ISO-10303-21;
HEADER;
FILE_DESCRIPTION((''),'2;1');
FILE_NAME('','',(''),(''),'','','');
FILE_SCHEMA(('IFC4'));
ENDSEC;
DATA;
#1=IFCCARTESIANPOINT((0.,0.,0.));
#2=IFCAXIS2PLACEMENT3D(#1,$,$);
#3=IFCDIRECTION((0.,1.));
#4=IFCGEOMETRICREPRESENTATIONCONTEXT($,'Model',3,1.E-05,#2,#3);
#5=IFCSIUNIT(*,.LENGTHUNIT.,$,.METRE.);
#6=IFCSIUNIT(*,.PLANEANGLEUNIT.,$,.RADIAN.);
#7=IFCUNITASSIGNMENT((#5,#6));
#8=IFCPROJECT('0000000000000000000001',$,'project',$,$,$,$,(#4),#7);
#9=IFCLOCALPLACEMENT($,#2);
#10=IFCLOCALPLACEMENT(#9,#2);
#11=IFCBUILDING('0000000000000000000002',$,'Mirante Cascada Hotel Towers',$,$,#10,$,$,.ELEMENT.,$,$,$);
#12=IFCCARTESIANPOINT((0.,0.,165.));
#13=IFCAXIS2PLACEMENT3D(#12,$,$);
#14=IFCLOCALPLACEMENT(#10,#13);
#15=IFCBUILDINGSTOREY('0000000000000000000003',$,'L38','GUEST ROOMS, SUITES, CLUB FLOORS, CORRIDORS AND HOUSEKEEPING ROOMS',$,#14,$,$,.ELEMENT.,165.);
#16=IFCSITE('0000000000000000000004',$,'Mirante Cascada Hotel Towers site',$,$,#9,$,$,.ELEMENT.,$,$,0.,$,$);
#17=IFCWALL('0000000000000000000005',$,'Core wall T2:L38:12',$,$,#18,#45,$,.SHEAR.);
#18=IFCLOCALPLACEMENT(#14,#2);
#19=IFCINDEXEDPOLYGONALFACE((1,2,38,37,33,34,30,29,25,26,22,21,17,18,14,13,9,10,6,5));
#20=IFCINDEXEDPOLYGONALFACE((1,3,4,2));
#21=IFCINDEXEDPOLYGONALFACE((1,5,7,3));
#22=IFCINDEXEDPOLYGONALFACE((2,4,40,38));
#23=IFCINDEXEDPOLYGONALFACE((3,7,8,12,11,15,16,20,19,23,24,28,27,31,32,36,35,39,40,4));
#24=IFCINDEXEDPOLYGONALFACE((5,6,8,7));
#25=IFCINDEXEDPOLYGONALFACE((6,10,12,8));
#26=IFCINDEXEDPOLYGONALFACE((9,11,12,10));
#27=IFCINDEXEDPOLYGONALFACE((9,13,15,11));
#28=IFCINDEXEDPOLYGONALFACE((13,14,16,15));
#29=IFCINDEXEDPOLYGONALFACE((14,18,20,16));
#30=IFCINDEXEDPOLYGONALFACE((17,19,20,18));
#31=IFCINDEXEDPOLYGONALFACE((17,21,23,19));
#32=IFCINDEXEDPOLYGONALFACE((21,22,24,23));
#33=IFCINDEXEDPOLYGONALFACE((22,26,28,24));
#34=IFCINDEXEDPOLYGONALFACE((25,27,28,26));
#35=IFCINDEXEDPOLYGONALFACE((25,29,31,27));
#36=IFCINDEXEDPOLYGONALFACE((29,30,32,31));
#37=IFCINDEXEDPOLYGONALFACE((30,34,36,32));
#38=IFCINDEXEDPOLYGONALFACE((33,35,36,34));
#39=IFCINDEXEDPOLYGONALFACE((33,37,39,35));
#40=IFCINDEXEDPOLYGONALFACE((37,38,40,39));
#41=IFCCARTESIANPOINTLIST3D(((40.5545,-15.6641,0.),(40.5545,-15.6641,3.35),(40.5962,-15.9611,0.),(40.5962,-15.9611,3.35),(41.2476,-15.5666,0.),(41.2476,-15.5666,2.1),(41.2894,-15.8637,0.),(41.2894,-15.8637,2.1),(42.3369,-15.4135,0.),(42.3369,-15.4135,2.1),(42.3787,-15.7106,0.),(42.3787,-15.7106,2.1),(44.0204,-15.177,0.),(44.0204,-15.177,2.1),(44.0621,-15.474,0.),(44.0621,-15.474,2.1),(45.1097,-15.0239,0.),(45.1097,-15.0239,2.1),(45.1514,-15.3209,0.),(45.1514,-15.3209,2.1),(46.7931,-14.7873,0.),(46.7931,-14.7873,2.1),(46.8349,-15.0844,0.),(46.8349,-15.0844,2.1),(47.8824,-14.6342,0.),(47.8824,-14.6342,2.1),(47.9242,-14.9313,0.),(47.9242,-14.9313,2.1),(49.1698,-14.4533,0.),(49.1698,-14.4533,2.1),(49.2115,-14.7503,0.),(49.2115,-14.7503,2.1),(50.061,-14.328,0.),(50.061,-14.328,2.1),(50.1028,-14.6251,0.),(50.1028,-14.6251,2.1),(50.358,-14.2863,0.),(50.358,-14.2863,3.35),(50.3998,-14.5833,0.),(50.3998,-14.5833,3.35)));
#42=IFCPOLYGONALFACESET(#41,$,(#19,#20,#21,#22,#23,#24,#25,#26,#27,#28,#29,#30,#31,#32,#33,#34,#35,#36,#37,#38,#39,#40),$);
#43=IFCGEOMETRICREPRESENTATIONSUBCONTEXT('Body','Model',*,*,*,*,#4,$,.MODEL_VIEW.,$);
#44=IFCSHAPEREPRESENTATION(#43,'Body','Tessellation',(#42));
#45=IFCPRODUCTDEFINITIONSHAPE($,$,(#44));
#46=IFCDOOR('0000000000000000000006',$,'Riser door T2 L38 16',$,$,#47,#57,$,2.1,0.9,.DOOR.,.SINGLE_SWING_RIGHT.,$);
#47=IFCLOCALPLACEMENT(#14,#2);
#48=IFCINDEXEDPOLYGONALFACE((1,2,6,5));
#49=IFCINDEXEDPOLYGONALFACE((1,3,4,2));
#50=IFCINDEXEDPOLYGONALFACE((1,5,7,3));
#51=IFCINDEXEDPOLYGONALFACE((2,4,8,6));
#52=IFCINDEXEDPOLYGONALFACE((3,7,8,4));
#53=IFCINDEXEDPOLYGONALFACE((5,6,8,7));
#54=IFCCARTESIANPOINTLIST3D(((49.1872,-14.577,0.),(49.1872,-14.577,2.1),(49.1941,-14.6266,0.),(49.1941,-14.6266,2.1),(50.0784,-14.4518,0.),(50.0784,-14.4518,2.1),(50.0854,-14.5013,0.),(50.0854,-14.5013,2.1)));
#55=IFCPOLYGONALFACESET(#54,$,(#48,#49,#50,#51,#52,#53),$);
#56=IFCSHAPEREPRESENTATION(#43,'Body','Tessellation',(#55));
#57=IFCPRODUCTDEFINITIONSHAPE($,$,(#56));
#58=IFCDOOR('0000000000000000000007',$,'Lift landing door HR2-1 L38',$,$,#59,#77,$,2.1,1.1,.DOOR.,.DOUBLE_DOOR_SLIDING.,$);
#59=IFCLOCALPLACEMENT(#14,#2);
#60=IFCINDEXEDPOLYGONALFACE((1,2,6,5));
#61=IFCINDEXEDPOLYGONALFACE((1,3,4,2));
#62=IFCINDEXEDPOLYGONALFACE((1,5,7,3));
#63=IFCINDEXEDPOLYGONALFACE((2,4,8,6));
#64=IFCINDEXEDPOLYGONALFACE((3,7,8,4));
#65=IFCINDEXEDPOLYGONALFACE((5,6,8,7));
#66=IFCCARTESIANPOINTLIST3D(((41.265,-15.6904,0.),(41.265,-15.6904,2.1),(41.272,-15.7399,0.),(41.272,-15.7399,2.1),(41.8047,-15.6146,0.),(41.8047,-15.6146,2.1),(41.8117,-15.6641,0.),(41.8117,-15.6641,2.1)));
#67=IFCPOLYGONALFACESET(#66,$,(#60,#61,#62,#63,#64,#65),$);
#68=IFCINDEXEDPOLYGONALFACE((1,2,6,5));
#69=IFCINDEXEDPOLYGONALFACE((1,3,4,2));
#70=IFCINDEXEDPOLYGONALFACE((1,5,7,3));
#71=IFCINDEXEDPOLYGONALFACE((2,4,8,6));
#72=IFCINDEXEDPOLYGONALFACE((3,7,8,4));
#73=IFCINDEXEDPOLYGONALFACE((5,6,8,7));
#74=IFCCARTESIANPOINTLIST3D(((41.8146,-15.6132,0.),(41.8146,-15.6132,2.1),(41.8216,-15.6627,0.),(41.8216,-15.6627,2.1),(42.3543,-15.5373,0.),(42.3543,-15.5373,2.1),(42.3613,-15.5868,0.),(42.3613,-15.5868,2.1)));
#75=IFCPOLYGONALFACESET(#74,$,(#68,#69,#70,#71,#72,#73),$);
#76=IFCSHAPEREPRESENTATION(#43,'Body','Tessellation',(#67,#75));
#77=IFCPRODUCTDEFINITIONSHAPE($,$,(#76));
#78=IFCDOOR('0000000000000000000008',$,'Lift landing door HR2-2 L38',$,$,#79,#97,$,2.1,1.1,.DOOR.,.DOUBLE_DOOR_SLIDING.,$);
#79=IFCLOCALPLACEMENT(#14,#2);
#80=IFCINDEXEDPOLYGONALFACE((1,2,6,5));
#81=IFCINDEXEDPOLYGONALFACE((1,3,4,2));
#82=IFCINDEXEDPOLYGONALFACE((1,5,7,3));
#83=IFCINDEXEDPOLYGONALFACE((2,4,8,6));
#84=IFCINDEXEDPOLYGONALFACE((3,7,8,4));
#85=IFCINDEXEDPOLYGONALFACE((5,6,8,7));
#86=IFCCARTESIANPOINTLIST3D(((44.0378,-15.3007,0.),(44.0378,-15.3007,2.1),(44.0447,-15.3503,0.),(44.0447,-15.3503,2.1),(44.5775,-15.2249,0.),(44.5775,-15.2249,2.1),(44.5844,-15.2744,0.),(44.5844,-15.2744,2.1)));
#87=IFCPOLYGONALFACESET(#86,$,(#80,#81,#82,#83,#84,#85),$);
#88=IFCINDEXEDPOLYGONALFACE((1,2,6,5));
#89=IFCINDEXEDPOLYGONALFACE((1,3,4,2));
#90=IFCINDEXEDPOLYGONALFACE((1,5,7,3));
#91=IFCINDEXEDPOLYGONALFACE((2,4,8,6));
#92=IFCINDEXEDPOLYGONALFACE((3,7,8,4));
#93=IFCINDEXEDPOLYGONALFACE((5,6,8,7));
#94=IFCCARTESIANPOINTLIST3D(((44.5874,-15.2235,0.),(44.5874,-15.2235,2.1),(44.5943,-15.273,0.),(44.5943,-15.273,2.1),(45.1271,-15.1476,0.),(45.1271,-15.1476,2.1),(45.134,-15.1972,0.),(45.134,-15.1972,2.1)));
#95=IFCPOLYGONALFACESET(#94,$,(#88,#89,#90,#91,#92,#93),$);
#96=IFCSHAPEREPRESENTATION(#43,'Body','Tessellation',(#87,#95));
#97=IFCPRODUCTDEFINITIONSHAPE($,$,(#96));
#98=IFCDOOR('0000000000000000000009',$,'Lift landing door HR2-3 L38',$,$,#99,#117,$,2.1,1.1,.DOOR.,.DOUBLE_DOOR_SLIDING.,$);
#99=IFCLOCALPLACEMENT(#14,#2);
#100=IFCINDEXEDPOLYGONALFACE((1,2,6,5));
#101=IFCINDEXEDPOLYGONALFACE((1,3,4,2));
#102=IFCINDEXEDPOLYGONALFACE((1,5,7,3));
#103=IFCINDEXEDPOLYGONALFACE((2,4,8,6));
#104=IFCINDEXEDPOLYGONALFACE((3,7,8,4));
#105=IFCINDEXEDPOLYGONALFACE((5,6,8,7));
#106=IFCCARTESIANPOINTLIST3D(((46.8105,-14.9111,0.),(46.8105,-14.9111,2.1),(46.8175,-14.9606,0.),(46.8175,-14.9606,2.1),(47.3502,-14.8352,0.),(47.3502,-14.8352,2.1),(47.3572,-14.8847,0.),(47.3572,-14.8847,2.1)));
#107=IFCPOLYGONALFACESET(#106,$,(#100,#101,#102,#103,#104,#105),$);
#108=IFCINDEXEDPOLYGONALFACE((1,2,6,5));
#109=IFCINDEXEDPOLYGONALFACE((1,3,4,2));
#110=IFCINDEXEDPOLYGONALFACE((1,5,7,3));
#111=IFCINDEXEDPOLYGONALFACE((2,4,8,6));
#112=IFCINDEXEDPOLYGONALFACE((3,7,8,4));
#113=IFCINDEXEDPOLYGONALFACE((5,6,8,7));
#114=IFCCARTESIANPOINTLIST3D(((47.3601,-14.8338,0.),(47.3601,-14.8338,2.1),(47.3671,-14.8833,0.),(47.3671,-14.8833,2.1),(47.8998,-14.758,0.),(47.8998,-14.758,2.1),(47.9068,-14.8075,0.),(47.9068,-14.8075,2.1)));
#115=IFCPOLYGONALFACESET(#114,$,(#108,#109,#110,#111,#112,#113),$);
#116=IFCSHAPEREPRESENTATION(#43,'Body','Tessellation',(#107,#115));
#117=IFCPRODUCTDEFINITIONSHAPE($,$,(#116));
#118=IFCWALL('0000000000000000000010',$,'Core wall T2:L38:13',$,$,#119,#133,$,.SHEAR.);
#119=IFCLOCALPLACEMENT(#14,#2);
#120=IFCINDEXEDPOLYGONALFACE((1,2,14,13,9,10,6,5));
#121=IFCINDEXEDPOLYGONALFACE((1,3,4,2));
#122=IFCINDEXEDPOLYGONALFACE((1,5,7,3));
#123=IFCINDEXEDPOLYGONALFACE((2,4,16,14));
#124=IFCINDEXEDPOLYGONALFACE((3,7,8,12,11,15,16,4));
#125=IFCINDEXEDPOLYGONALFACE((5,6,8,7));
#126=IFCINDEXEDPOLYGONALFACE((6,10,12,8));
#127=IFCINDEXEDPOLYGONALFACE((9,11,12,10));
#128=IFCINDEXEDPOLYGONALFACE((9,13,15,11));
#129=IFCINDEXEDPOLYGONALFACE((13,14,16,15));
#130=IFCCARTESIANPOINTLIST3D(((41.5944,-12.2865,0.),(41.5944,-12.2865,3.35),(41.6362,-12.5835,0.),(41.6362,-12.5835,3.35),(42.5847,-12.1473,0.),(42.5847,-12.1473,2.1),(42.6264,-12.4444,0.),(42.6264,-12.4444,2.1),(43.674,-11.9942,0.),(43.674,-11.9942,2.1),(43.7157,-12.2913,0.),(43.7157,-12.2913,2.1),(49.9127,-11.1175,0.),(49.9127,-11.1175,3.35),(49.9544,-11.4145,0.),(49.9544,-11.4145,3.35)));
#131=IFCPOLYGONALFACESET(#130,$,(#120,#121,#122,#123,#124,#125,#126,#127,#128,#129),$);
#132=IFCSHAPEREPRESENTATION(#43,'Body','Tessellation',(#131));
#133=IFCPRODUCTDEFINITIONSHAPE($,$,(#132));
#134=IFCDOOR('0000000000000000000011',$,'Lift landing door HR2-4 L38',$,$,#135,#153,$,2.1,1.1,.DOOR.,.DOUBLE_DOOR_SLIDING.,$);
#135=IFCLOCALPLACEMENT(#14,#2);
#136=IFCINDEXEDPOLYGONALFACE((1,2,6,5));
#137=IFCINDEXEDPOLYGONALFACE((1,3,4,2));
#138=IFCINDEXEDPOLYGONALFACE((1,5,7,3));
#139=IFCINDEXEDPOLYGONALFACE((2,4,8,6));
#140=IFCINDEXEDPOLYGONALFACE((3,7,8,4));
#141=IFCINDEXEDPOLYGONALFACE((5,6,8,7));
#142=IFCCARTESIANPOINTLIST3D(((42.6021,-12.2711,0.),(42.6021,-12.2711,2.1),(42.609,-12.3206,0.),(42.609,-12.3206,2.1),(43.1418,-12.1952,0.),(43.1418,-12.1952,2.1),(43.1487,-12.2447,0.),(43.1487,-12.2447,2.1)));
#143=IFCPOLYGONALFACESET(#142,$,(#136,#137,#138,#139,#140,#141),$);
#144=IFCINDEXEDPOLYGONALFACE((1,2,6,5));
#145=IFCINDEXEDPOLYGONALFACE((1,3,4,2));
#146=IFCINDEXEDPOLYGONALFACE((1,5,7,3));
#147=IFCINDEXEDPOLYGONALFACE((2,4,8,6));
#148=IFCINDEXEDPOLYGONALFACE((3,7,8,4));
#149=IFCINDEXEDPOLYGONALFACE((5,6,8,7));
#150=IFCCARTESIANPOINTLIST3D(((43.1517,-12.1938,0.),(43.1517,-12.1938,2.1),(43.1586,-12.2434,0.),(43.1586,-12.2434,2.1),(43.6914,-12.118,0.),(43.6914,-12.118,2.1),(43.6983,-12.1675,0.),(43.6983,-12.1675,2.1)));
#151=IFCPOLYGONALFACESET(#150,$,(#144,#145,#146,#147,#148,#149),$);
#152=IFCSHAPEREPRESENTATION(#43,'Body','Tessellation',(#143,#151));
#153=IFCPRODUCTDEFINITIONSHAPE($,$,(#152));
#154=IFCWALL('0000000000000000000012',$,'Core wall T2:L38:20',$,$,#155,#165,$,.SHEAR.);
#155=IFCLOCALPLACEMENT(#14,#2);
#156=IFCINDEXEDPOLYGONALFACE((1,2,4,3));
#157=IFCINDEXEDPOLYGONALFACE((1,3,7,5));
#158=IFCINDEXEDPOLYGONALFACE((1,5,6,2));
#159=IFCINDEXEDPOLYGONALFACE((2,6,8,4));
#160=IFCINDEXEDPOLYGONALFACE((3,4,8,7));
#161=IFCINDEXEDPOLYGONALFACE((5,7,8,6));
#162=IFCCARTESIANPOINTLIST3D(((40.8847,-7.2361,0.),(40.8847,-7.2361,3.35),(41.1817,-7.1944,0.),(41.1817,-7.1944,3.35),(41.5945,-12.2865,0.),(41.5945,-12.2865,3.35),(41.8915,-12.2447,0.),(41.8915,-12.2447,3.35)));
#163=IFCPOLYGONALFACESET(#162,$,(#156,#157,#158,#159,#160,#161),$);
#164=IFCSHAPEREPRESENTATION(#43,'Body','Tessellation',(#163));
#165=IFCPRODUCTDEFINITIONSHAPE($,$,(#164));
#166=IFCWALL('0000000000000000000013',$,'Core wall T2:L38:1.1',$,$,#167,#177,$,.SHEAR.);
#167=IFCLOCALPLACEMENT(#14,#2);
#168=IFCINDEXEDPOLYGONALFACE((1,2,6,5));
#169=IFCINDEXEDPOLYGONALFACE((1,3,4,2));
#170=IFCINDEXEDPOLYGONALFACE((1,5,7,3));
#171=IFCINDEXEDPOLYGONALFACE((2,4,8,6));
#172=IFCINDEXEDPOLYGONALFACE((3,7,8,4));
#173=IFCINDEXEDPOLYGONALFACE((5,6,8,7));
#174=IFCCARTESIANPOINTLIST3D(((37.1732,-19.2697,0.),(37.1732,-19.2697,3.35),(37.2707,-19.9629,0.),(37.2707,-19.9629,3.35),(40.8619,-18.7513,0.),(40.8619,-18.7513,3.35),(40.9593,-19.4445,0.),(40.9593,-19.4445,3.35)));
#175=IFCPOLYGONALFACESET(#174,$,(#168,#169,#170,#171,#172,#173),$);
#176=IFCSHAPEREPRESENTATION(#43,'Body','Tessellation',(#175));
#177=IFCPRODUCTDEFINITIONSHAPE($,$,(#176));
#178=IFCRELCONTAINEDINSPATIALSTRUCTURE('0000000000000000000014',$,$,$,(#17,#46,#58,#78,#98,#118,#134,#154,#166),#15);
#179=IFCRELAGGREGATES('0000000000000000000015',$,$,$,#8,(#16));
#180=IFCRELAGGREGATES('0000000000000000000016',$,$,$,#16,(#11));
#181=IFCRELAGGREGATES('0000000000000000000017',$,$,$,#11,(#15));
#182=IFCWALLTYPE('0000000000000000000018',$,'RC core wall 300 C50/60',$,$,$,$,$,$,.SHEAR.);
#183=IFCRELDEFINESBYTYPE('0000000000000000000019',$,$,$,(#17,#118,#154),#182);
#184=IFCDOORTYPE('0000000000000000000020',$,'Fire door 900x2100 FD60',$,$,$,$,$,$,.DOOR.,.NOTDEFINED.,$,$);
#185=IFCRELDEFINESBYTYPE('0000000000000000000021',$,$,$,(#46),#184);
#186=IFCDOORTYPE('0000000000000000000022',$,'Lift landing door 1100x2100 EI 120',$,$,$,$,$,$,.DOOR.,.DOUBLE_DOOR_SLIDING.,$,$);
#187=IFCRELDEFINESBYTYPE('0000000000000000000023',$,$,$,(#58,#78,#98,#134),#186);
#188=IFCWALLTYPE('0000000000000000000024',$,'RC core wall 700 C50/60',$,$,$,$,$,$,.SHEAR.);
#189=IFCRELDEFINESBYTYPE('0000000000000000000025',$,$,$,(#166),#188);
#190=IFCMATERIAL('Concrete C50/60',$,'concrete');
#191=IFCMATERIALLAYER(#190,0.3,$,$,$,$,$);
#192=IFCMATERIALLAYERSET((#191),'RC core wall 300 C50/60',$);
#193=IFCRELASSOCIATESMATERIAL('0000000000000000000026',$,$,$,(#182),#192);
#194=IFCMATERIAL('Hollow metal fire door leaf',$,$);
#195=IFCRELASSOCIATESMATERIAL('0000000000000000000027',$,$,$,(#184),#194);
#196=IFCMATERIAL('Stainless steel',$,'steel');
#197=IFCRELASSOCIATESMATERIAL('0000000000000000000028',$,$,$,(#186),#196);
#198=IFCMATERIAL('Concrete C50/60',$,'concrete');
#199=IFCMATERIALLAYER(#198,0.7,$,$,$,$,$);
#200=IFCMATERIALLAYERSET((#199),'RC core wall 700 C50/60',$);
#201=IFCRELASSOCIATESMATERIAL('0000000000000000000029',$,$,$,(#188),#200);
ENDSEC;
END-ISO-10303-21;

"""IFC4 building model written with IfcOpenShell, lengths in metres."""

from ifc_helpers import new_model, si_unit, direction, frame, frame_2d, origin, place, context, subcontext, project, spatial, rectangle, extrude, material, layer, layer_set, type_object, element, fill, save


model = new_model("IFC4")

# Units and contexts
model_context = context("Model", 3, precision=1e-05, world=origin(), true_north=direction((0.0, 1.0)))
body_context = subcontext(model_context, "Body", "Model", "MODEL_VIEW")
ifc_project = project(units=[si_unit("LENGTHUNIT", "METRE"), si_unit("PLANEANGLEUNIT", "RADIAN")], contexts=[model_context])

# Site, building, storey
site_placement = place(None, origin())
site = spatial("IfcSite", under=ifc_project, at=site_placement, Name="Mirante Cascada Hotel Towers site", CompositionType="ELEMENT", RefElevation=0.0)
building_placement = place(site_placement, origin())
building = spatial("IfcBuilding", under=site, at=building_placement, Name="Mirante Cascada Hotel Towers", CompositionType="ELEMENT")
storey_placement = place(building_placement, frame((0.0, 0.0, 165.0)))
storey = spatial("IfcBuildingStorey", under=building, at=storey_placement, Name="L38", Description="GUEST ROOMS, SUITES, CLUB FLOORS, CORRIDORS AND HOUSEKEEPING ROOMS", CompositionType="ELEMENT", Elevation=165.0)

# Shared definitions
ifc_material_1 = material(Name="Concrete C50/60", Category="concrete")
ifc_layer_1 = layer(ifc_material_1, 0.3)
ifc_layer_set_1 = layer_set([ifc_layer_1], Name="RC core wall 300 C50/60")
wall_type_1 = type_object("IfcWallType", Name="RC core wall 300 C50/60", PredefinedType="SHEAR", material=ifc_layer_set_1)

# Wall, openings, doors
wall_1_placement = place(storey_placement, frame((40.5753, -15.8126, 0.0), z_axis=(0.0, 0.0, 1.0), x_axis=(0.990268, 0.139173, 0.0)))
wall_1 = element("IfcWall", 1, at=wall_1_placement, inside=storey, type_object=wall_type_1, Name="Core wall T2:L38:12", PredefinedType="SHEAR", context=body_context, shape_type="SweptSolid", body=[
    extrude(rectangle(XDim=9.8999, YDim=0.3, at=frame_2d((4.95, 0.0))), origin(), (0.0, 0.0, 1.0), 3.35),
])
opening_1_placement = place(wall_1_placement, frame((0.7, 0.0, 0.0)))
opening_1 = element("IfcOpeningElement", 2, at=opening_1_placement, cuts=wall_1, PredefinedType="OPENING", context=body_context, shape_type="SweptSolid", body=[
    extrude(rectangle(XDim=1.1, YDim=2.1, at=frame_2d((0.55, 1.05))), frame((0.0, 0.15, 0.0), z_axis=(0.0, -1.0, 0.0), x_axis=(1.0, 0.0, 0.0)), (0.0, 0.0, 1.0), 0.3),
])
opening_2_placement = place(wall_1_placement, frame((3.5, 0.0, 0.0)))
opening_2 = element("IfcOpeningElement", 3, at=opening_2_placement, cuts=wall_1, PredefinedType="OPENING", context=body_context, shape_type="SweptSolid", body=[
    extrude(rectangle(XDim=1.1, YDim=2.1, at=frame_2d((0.55, 1.05))), frame((0.0, 0.15, 0.0), z_axis=(0.0, -1.0, 0.0), x_axis=(1.0, 0.0, 0.0)), (0.0, 0.0, 1.0), 0.3),
])
opening_3_placement = place(wall_1_placement, frame((6.3, 0.0, 0.0)))
opening_3 = element("IfcOpeningElement", 4, at=opening_3_placement, cuts=wall_1, PredefinedType="OPENING", context=body_context, shape_type="SweptSolid", body=[
    extrude(rectangle(XDim=1.1, YDim=2.1, at=frame_2d((0.55, 1.05))), frame((0.0, 0.15, 0.0), z_axis=(0.0, -1.0, 0.0), x_axis=(1.0, 0.0, 0.0)), (0.0, 0.0, 1.0), 0.3),
])
opening_4_placement = place(wall_1_placement, frame((8.7, 0.0, 0.0)))
opening_4 = element("IfcOpeningElement", 5, at=opening_4_placement, cuts=wall_1, PredefinedType="OPENING", context=body_context, shape_type="SweptSolid", body=[
    extrude(rectangle(XDim=0.9, YDim=2.1, at=frame_2d((0.45, 1.05))), frame((0.0, 0.15, 0.0), z_axis=(0.0, -1.0, 0.0), x_axis=(1.0, 0.0, 0.0)), (0.0, 0.0, 1.0), 0.3),
])
ifc_material_2 = material(Name="Hollow metal fire door leaf")
door_type_1 = type_object("IfcDoorType", Name="Fire door 900x2100 FD60", OperationType="NOTDEFINED", PredefinedType="DOOR", material=ifc_material_2)
door_1_placement = place(opening_4_placement, frame((0.9, 0.0, 0.0), z_axis=(0.0, 0.0, 1.0), x_axis=(-1.0, 0.0, 0.0)))
door_1 = element("IfcDoor", 6, at=door_1_placement, inside=storey, type_object=door_type_1, Name="Riser door T2 L38 16", OperationType="SINGLE_SWING_RIGHT", OverallHeight=2.1, OverallWidth=0.9, PredefinedType="DOOR", context=body_context, shape_type="SweptSolid", body=[
    extrude(rectangle(XDim=0.9, YDim=2.1, at=frame_2d((0.45, 1.05))), frame((0.0, 0.025, 0.0), z_axis=(0.0, -1.0, 0.0), x_axis=(1.0, 0.0, 0.0)), (0.0, 0.0, 1.0), 0.05),
])
fill(opening_4, door_1)
ifc_material_3 = material(Name="Stainless steel", Category="steel")
door_type_2 = type_object("IfcDoorType", Name="Lift landing door 1100x2100 EI 120", OperationType="DOUBLE_DOOR_SLIDING", PredefinedType="DOOR", material=ifc_material_3)
door_2_placement = place(opening_1_placement, origin())
door_2 = element("IfcDoor", 7, at=door_2_placement, inside=storey, type_object=door_type_2, Name="Lift landing door HR2-1 L38", OperationType="DOUBLE_DOOR_SLIDING", OverallHeight=2.1, OverallWidth=1.1, PredefinedType="DOOR", context=body_context, shape_type="SweptSolid", body=[
    extrude(rectangle(XDim=0.545, YDim=2.1, at=frame_2d((0.2725, 1.05))), frame((0.0, 0.025, 0.0), z_axis=(0.0, -1.0, 0.0), x_axis=(1.0, 0.0, 0.0)), (0.0, 0.0, 1.0), 0.05),
    extrude(rectangle(XDim=0.545, YDim=2.1, at=frame_2d((0.8275, 1.05))), frame((0.0, 0.025, 0.0), z_axis=(0.0, -1.0, 0.0), x_axis=(1.0, 0.0, 0.0)), (0.0, 0.0, 1.0), 0.05),
])
fill(opening_1, door_2)
door_3_placement = place(opening_2_placement, origin())
door_3 = element("IfcDoor", 8, at=door_3_placement, inside=storey, type_object=door_type_2, Name="Lift landing door HR2-2 L38", OperationType="DOUBLE_DOOR_SLIDING", OverallHeight=2.1, OverallWidth=1.1, PredefinedType="DOOR", context=body_context, shape_type="SweptSolid", body=[
    extrude(rectangle(XDim=0.545, YDim=2.1, at=frame_2d((0.2725, 1.05))), frame((0.0, 0.025, 0.0), z_axis=(0.0, -1.0, 0.0), x_axis=(1.0, 0.0, 0.0)), (0.0, 0.0, 1.0), 0.05),
    extrude(rectangle(XDim=0.545, YDim=2.1, at=frame_2d((0.8275, 1.05))), frame((0.0, 0.025, 0.0), z_axis=(0.0, -1.0, 0.0), x_axis=(1.0, 0.0, 0.0)), (0.0, 0.0, 1.0), 0.05),
])
fill(opening_2, door_3)
door_4_placement = place(opening_3_placement, origin())
door_4 = element("IfcDoor", 9, at=door_4_placement, inside=storey, type_object=door_type_2, Name="Lift landing door HR2-3 L38", OperationType="DOUBLE_DOOR_SLIDING", OverallHeight=2.1, OverallWidth=1.1, PredefinedType="DOOR", context=body_context, shape_type="SweptSolid", body=[
    extrude(rectangle(XDim=0.545, YDim=2.1, at=frame_2d((0.2725, 1.05))), frame((0.0, 0.025, 0.0), z_axis=(0.0, -1.0, 0.0), x_axis=(1.0, 0.0, 0.0)), (0.0, 0.0, 1.0), 0.05),
    extrude(rectangle(XDim=0.545, YDim=2.1, at=frame_2d((0.8275, 1.05))), frame((0.0, 0.025, 0.0), z_axis=(0.0, -1.0, 0.0), x_axis=(1.0, 0.0, 0.0)), (0.0, 0.0, 1.0), 0.05),
])
fill(opening_3, door_4)

# Wall, opening, door
wall_2_placement = place(storey_placement, frame((41.6153, -12.435, 0.0), z_axis=(0.0, 0.0, 1.0), x_axis=(0.990269, 0.139166, 0.0)))
wall_2 = element("IfcWall", 10, at=wall_2_placement, inside=storey, type_object=wall_type_1, Name="Core wall T2:L38:13", PredefinedType="SHEAR", context=body_context, shape_type="SweptSolid", body=[
    extrude(rectangle(XDim=8.4, YDim=0.3, at=frame_2d((4.2, 0.0))), origin(), (0.0, 0.0, 1.0), 3.35),
])
opening_5_placement = place(wall_2_placement, frame((1.0, 0.0, 0.0)))
opening_5 = element("IfcOpeningElement", 11, at=opening_5_placement, cuts=wall_2, PredefinedType="OPENING", context=body_context, shape_type="SweptSolid", body=[
    extrude(rectangle(XDim=1.1, YDim=2.1, at=frame_2d((0.55, 1.05))), frame((0.0, 0.15, 0.0), z_axis=(0.0, -1.0, 0.0), x_axis=(1.0, 0.0, 0.0)), (0.0, 0.0, 1.0), 0.3),
])
door_5_placement = place(opening_5_placement, origin())
door_5 = element("IfcDoor", 12, at=door_5_placement, inside=storey, type_object=door_type_2, Name="Lift landing door HR2-4 L38", OperationType="DOUBLE_DOOR_SLIDING", OverallHeight=2.1, OverallWidth=1.1, PredefinedType="DOOR", context=body_context, shape_type="SweptSolid", body=[
    extrude(rectangle(XDim=0.545, YDim=2.1, at=frame_2d((0.2725, 1.05))), frame((0.0, 0.025, 0.0), z_axis=(0.0, -1.0, 0.0), x_axis=(1.0, 0.0, 0.0)), (0.0, 0.0, 1.0), 0.05),
    extrude(rectangle(XDim=0.545, YDim=2.1, at=frame_2d((0.8275, 1.05))), frame((0.0, 0.025, 0.0), z_axis=(0.0, -1.0, 0.0), x_axis=(1.0, 0.0, 0.0)), (0.0, 0.0, 1.0), 0.05),
])
fill(opening_5, door_5)

# Walls
wall_3_placement = place(storey_placement, frame((41.743, -12.2656, 0.0), z_axis=(0.0, 0.0, 1.0), x_axis=(-0.139176, 0.990268, 0.0)))
element("IfcWall", 13, at=wall_3_placement, inside=storey, type_object=wall_type_1, Name="Core wall T2:L38:20", PredefinedType="SHEAR", context=body_context, shape_type="SweptSolid", body=[
    extrude(rectangle(XDim=5.1, YDim=0.3, at=frame_2d((2.55, 0.0))), origin(), (0.0, 0.0, 1.0), 3.35),
])
ifc_material_4 = material(Name="Concrete C50/60", Category="concrete")
ifc_layer_2 = layer(ifc_material_4, 0.7)
ifc_layer_set_2 = layer_set([ifc_layer_2], Name="RC core wall 700 C50/60")
wall_type_2 = type_object("IfcWallType", Name="RC core wall 700 C50/60", PredefinedType="SHEAR", material=ifc_layer_set_2)
wall_4_placement = place(storey_placement, frame((37.222, -19.6163, 0.0), z_axis=(0.0, 0.0, 1.0), x_axis=(0.990268, 0.139173, 0.0)))
element("IfcWall", 14, at=wall_4_placement, inside=storey, type_object=wall_type_2, Name="Core wall T2:L38:1.1", PredefinedType="SHEAR", context=body_context, shape_type="SweptSolid", body=[
    extrude(rectangle(XDim=3.7249, YDim=0.7, at=frame_2d((1.8624, 0.0))), origin(), (0.0, 0.0, 1.0), 3.35),
])

save(model, "model.ifc")
